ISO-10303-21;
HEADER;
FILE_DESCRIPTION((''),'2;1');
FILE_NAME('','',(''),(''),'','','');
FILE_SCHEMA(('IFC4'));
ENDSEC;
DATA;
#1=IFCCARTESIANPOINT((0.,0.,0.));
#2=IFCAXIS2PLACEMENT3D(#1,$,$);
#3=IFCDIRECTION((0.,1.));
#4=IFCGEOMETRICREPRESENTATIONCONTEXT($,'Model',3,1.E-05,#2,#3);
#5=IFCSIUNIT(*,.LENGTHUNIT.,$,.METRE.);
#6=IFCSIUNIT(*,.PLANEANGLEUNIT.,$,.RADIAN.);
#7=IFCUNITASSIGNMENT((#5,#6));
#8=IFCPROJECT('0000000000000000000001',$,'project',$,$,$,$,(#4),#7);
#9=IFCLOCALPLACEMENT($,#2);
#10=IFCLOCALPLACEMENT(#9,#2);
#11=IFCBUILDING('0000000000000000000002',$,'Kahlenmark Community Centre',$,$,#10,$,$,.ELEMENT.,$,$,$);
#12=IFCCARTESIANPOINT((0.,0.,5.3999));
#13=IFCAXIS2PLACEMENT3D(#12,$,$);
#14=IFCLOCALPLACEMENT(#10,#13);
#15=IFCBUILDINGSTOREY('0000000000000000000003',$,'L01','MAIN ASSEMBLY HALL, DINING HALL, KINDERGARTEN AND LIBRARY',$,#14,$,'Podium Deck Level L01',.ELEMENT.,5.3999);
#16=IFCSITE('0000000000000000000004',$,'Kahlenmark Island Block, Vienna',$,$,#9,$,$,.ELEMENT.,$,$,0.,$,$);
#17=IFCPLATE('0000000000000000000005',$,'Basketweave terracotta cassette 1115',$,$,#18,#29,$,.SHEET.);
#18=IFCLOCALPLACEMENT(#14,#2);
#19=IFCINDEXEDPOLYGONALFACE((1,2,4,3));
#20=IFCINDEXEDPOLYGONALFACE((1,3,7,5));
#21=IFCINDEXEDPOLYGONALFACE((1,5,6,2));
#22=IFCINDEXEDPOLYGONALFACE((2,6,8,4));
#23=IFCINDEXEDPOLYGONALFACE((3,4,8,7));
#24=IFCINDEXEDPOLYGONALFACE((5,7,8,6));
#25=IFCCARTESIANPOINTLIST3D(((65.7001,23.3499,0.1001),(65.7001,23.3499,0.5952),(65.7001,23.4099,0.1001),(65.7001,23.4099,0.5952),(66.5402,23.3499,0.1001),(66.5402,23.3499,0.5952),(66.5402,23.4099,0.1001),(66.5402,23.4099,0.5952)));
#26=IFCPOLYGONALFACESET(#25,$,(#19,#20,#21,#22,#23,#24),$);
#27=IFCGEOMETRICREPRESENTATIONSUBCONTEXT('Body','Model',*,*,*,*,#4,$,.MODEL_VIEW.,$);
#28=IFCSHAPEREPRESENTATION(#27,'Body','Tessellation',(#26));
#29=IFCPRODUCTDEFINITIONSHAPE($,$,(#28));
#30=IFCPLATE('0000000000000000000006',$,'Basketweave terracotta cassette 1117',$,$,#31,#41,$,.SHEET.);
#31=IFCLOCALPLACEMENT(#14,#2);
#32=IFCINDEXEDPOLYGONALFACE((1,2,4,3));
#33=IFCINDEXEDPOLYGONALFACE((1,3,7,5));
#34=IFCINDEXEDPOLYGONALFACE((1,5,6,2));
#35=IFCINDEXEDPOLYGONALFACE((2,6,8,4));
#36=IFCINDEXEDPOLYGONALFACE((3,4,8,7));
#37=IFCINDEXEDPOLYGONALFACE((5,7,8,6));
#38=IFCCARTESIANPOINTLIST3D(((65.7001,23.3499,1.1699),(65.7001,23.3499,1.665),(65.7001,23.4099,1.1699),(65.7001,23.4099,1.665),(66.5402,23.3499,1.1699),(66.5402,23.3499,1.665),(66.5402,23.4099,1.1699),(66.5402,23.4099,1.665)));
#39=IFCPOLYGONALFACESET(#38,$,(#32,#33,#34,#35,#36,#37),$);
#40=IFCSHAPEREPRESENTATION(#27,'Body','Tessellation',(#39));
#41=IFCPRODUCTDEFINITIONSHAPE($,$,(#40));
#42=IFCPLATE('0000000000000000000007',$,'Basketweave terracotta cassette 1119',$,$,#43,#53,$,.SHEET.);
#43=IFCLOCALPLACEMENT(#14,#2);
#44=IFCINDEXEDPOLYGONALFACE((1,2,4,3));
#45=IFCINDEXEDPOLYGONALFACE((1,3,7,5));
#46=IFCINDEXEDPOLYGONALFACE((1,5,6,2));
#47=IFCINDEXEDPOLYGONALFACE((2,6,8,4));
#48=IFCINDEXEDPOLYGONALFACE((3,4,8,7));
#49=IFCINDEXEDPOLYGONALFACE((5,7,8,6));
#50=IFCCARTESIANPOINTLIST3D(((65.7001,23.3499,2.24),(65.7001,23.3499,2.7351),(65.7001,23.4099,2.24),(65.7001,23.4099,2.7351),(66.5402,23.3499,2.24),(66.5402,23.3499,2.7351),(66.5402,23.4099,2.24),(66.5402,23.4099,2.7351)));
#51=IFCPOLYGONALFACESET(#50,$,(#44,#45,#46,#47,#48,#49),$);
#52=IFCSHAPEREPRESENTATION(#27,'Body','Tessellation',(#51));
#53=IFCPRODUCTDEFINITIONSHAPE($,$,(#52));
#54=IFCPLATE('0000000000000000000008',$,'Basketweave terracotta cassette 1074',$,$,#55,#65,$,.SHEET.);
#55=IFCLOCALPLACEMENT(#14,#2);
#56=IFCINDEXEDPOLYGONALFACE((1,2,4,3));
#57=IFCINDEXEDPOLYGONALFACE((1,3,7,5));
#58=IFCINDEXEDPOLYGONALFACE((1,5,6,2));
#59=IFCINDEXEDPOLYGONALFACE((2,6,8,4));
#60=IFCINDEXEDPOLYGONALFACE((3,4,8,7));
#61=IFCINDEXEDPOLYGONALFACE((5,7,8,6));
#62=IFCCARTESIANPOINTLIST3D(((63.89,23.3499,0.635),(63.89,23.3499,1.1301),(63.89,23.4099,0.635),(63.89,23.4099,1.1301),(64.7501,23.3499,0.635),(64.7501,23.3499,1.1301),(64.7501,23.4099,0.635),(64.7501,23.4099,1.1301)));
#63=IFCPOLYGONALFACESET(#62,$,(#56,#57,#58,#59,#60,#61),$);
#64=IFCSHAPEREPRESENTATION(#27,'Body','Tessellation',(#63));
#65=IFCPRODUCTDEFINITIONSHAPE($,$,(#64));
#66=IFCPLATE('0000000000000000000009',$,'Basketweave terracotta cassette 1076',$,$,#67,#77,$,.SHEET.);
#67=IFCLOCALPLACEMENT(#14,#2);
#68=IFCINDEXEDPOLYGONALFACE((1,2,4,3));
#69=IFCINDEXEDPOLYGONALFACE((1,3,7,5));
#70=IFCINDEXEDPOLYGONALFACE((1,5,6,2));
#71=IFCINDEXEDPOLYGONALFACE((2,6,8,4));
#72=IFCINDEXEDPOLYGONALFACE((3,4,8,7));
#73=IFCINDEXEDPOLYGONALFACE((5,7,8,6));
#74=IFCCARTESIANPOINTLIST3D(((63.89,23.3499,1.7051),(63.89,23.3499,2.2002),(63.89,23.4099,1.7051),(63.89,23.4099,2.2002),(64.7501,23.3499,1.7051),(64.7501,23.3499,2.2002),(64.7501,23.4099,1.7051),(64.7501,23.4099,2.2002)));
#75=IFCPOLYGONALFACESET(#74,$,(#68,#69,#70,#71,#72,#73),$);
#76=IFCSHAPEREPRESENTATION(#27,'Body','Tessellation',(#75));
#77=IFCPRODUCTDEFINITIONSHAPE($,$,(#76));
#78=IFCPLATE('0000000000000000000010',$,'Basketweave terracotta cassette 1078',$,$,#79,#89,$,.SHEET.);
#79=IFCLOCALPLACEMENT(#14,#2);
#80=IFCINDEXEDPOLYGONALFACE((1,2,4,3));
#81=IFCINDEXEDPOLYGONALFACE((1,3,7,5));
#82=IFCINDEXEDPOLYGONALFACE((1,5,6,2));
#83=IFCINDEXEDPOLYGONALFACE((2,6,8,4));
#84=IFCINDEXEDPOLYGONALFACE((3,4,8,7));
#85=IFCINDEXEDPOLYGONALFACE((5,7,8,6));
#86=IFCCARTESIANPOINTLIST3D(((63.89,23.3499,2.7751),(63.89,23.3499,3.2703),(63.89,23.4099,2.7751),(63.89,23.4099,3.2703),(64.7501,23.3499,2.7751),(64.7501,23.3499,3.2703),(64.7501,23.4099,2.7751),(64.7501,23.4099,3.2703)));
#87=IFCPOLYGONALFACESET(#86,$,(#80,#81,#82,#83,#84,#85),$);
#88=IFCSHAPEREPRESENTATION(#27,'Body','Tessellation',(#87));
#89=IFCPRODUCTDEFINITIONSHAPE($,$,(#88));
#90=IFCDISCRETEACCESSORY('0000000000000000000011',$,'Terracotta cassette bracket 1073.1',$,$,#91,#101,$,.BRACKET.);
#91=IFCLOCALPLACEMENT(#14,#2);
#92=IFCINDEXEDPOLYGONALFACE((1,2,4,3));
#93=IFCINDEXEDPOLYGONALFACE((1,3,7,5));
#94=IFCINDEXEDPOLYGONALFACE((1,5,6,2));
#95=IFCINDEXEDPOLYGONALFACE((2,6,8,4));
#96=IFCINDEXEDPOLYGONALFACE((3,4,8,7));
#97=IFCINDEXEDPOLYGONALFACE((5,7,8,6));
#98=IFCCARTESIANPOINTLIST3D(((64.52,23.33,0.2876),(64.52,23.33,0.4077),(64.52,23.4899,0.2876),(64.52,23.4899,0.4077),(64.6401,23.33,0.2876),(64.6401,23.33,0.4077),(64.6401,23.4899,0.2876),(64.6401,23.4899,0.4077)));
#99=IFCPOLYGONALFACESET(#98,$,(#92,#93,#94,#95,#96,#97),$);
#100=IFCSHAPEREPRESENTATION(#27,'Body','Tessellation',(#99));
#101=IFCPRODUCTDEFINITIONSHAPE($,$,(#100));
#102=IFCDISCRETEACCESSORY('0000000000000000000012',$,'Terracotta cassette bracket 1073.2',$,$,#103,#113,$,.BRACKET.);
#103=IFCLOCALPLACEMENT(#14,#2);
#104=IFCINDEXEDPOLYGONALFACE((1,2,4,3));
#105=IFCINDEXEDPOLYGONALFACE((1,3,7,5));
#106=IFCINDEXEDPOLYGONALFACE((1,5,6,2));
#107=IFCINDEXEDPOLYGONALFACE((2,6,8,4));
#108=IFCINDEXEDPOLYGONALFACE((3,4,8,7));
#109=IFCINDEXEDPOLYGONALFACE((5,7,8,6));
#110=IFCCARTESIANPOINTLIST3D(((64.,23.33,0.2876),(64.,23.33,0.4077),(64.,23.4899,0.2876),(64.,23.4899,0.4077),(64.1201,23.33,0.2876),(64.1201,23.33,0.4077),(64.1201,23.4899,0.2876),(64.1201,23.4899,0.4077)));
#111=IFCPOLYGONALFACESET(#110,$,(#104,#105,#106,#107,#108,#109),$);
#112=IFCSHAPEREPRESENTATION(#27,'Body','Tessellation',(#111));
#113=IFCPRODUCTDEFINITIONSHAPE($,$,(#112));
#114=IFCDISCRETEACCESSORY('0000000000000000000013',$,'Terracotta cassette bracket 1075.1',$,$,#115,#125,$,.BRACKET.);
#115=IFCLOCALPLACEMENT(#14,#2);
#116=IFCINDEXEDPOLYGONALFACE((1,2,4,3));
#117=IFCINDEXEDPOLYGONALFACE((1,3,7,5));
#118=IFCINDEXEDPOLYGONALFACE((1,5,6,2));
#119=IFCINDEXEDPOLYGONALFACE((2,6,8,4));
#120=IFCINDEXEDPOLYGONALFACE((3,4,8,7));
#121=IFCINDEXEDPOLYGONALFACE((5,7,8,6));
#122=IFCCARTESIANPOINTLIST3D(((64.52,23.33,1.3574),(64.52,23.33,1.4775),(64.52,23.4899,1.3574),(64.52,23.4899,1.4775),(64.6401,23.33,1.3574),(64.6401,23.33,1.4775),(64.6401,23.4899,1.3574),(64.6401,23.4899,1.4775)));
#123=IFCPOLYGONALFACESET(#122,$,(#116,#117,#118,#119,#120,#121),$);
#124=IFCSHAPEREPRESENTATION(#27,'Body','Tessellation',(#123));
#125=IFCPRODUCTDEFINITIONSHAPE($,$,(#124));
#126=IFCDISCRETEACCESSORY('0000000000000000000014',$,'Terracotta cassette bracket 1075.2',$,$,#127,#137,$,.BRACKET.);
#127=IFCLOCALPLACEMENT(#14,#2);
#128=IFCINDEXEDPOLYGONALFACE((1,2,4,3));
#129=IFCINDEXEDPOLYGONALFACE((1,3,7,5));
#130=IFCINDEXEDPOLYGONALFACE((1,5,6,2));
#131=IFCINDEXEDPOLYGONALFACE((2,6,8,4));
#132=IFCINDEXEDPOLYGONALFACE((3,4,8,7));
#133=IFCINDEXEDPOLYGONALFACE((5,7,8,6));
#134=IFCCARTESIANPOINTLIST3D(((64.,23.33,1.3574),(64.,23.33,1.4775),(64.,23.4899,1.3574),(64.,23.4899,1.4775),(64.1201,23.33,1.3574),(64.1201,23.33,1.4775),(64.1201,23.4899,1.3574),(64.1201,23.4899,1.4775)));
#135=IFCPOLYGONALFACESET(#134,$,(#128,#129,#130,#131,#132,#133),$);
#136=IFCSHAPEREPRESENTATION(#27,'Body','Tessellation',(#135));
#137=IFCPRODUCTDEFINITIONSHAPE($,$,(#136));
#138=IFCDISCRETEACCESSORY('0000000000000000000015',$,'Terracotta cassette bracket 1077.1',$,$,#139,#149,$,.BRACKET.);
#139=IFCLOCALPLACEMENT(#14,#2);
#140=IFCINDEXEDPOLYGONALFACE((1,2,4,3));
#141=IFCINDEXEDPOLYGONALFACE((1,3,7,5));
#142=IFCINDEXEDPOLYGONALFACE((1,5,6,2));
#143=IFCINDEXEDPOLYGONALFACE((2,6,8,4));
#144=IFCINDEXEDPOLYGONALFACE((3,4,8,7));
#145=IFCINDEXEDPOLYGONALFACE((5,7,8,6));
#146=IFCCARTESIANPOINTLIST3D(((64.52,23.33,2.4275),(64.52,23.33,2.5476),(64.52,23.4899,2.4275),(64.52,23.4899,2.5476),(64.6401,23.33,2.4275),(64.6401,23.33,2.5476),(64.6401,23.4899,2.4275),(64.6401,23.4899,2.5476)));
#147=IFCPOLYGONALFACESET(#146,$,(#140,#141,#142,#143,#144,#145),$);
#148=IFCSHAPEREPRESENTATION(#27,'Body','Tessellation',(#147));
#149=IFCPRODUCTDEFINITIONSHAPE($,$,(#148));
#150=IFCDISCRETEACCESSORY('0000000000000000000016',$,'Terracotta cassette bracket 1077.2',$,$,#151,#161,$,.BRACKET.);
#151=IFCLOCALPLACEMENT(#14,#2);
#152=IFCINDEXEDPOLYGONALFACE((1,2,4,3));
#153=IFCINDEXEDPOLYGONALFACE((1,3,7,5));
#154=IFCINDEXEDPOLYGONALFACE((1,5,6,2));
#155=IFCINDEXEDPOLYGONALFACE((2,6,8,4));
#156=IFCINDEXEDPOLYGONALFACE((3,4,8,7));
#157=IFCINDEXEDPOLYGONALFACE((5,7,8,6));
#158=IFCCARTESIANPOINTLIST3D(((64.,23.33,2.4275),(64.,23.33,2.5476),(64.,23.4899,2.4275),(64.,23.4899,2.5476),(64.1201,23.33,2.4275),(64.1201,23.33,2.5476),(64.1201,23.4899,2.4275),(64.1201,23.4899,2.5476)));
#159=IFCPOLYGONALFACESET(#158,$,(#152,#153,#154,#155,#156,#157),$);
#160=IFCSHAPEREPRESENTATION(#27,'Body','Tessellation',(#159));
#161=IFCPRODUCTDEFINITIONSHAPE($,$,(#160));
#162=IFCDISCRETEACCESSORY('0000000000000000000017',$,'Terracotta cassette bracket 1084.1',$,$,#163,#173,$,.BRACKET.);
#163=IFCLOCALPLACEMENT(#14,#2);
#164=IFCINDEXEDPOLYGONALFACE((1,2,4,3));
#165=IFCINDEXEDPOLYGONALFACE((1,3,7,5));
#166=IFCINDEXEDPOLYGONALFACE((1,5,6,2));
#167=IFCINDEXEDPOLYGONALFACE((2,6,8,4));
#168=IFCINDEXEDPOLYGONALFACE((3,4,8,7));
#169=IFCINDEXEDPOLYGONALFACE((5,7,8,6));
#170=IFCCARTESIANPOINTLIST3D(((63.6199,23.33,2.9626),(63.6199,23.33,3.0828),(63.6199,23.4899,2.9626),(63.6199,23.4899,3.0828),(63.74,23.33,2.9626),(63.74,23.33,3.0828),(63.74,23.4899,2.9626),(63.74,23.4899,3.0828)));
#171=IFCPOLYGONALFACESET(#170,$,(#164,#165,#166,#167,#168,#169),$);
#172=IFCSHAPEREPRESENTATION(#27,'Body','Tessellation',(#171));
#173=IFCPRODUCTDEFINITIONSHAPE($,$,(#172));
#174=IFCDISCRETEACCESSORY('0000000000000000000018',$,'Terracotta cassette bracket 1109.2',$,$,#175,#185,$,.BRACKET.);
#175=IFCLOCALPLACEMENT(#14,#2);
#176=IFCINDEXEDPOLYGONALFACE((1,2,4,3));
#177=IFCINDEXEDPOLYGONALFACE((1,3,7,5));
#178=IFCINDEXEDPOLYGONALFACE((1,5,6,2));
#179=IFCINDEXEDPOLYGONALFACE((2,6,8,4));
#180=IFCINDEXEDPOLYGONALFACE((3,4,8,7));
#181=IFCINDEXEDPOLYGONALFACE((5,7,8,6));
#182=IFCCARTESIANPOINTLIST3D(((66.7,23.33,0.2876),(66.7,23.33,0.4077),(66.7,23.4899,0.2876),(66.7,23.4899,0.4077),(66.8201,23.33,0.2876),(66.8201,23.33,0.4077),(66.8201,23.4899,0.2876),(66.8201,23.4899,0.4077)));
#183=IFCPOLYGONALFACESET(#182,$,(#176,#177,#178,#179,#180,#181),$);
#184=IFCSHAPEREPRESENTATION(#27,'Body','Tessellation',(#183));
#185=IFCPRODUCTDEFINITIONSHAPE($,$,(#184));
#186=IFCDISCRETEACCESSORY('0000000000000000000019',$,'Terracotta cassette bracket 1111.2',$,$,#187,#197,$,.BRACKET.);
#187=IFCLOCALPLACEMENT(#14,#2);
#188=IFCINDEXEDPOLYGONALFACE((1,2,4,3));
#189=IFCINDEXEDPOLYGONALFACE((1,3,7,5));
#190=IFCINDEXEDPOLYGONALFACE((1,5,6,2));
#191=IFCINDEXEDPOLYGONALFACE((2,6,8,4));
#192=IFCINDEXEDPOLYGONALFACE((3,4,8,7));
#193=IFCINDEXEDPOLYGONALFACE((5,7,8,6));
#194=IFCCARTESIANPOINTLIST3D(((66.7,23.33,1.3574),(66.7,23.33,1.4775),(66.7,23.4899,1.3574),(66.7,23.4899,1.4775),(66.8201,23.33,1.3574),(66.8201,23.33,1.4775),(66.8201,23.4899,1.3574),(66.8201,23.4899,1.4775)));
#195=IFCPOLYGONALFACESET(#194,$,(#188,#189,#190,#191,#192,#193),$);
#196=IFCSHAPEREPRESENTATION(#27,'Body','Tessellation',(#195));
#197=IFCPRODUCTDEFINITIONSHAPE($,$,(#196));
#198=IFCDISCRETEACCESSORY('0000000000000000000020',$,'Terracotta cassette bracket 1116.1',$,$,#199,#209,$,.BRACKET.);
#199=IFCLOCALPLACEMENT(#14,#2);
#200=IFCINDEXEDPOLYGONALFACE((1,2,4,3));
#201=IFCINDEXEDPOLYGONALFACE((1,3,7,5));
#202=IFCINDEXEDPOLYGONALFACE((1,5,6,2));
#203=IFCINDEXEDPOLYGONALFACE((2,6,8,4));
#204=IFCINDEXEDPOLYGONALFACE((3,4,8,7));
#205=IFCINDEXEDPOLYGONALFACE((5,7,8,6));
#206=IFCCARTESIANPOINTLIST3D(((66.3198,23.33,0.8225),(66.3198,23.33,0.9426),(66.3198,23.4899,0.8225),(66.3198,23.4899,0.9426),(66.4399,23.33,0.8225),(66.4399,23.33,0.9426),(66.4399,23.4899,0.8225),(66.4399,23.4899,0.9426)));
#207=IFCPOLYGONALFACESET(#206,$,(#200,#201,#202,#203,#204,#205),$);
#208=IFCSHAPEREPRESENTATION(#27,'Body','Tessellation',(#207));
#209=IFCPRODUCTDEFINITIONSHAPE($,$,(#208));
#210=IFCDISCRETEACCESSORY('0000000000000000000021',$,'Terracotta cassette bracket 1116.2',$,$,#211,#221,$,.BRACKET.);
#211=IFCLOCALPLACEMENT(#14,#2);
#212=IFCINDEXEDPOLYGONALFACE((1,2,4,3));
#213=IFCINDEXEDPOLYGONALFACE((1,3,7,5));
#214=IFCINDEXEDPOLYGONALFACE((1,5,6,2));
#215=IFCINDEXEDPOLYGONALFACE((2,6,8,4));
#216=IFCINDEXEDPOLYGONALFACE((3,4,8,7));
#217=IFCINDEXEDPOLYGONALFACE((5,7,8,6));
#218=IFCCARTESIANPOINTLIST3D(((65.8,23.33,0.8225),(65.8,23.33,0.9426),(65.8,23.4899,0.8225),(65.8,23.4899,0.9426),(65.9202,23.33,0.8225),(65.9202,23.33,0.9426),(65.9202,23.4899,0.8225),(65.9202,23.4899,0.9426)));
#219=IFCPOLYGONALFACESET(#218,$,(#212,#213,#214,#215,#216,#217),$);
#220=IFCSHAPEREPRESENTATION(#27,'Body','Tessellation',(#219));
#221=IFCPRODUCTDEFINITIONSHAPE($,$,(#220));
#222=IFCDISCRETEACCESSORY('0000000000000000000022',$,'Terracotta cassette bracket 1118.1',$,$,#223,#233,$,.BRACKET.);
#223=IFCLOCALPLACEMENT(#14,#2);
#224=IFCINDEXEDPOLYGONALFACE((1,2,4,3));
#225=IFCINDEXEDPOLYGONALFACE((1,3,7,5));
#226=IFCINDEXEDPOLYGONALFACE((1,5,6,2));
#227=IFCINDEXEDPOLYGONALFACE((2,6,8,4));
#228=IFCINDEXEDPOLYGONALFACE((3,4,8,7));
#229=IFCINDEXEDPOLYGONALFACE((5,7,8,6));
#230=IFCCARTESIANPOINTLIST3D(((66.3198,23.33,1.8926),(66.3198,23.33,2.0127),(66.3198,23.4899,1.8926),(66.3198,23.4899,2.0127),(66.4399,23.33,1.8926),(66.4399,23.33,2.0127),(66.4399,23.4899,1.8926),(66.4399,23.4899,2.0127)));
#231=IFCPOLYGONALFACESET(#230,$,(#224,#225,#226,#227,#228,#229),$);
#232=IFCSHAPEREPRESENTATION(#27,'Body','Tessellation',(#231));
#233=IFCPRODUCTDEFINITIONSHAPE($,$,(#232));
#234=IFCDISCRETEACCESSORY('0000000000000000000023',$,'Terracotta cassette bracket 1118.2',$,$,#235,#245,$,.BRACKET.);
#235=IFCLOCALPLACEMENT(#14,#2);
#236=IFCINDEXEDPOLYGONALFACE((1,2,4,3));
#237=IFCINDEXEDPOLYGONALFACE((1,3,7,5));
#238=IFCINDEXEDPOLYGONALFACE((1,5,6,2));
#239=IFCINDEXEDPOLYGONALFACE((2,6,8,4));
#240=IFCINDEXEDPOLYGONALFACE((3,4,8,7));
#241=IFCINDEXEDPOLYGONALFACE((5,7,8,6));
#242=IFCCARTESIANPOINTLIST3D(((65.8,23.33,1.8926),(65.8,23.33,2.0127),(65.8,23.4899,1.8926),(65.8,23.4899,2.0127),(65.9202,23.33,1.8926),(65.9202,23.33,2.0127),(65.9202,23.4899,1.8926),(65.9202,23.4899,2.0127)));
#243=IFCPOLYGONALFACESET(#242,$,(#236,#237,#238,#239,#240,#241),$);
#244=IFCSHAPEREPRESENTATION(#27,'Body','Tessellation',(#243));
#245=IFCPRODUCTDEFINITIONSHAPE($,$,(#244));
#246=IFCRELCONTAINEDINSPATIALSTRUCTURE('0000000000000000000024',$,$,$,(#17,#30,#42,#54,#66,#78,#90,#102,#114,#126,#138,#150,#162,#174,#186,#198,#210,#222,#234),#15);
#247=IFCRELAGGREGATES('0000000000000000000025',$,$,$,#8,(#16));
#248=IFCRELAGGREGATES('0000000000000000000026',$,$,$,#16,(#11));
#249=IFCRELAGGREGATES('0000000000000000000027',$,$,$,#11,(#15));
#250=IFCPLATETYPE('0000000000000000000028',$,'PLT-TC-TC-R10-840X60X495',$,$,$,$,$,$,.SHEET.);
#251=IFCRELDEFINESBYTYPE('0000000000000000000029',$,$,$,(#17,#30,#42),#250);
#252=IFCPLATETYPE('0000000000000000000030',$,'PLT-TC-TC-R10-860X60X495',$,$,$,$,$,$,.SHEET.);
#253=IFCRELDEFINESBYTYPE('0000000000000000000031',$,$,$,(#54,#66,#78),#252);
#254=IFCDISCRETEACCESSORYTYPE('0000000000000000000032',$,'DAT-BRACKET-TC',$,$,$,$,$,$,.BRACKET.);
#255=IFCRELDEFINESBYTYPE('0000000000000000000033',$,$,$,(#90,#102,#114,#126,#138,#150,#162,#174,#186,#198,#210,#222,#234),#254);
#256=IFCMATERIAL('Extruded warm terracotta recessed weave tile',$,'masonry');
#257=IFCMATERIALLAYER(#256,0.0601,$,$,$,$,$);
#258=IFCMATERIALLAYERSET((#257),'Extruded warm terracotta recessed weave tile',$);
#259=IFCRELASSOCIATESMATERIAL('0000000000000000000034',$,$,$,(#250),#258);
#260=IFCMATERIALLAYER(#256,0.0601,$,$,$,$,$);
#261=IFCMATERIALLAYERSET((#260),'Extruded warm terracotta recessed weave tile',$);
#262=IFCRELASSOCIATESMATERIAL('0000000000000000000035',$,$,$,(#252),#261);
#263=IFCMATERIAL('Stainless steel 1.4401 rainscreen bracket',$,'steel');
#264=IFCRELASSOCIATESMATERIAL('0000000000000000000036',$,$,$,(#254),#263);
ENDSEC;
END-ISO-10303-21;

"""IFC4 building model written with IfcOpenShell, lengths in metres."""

from ifc_helpers import new_model, si_unit, direction, frame, origin, origin_2d, place, context, subcontext, project, spatial, rectangle, extrude, material, layer, layer_set, type_object, element, save


model = new_model("IFC4")

# Units and contexts
model_context = context("Model", 3, precision=1e-05, world=origin(), true_north=direction((0.0, 1.0)))
body_context = subcontext(model_context, "Body", "Model", "MODEL_VIEW")
ifc_project = project(units=[si_unit("LENGTHUNIT", "METRE"), si_unit("PLANEANGLEUNIT", "RADIAN")], contexts=[model_context])

# Site, building, storey
site_placement = place(None, origin())
site = spatial("IfcSite", under=ifc_project, at=site_placement, Name="Kahlenmark Island Block, Vienna", CompositionType="ELEMENT", RefElevation=0.0)
building_placement = place(site_placement, origin())
building = spatial("IfcBuilding", under=site, at=building_placement, Name="Kahlenmark Community Centre", CompositionType="ELEMENT")
storey_placement = place(building_placement, frame((0.0, 0.0, 5.3999)))
storey = spatial("IfcBuildingStorey", under=building, at=storey_placement, Name="L01", Description="MAIN ASSEMBLY HALL, DINING HALL, KINDERGARTEN AND LIBRARY", LongName="Podium Deck Level L01", CompositionType="ELEMENT", Elevation=5.3999)

# Plates
ifc_material_1 = material(Name="Extruded warm terracotta recessed weave tile", Category="masonry")
ifc_layer_1 = layer(ifc_material_1, 0.0601)
ifc_layer_set_1 = layer_set([ifc_layer_1], Name="Extruded warm terracotta recessed weave tile")
plate_type_1 = type_object("IfcPlateType", Name="PLT-TC-TC-R10-840X60X495", PredefinedType="SHEET", material=ifc_layer_set_1)
for number, where, z_axis, x_axis, name in (
    (1, (66.1201, 23.3799, 0.1001), (0.0, 0.0, 1.0), (-1.0, 0.0, 0.0), "Basketweave terracotta cassette 1115"),
    (2, (66.1201, 23.3799, 1.1699), (0.0, 0.0, 1.0), (-1.0, 0.0, 0.0), "Basketweave terracotta cassette 1117"),
    (3, (66.1201, 23.3799, 2.24), (0.0, 0.0, 1.0), (-1.0, 0.0, 0.0), "Basketweave terracotta cassette 1119"),
):
    element("IfcPlate", number, at=place(storey_placement, frame(where, z_axis=z_axis, x_axis=x_axis)), inside=storey, type_object=plate_type_1, Name=name, PredefinedType="SHEET", context=body_context, shape_type="SweptSolid", body=[
        extrude(rectangle(XDim=0.8401, YDim=0.0601, at=origin_2d()), origin(), (0.0, 0.0, 1.0), 0.4951),
    ])
ifc_layer_2 = layer(ifc_material_1, 0.0601)
ifc_layer_set_2 = layer_set([ifc_layer_2], Name="Extruded warm terracotta recessed weave tile")
plate_type_2 = type_object("IfcPlateType", Name="PLT-TC-TC-R10-860X60X495", PredefinedType="SHEET", material=ifc_layer_set_2)
for number, where, z_axis, x_axis, name in (
    (4, (64.3201, 23.3799, 0.635), (0.0, 0.0, 1.0), (-1.0, 0.0, 0.0), "Basketweave terracotta cassette 1074"),
    (5, (64.3201, 23.3799, 1.7051), (0.0, 0.0, 1.0), (-1.0, 0.0, 0.0), "Basketweave terracotta cassette 1076"),
    (6, (64.3201, 23.3799, 2.7751), (0.0, 0.0, 1.0), (-1.0, 0.0, 0.0), "Basketweave terracotta cassette 1078"),
):
    element("IfcPlate", number, at=place(storey_placement, frame(where, z_axis=z_axis, x_axis=x_axis)), inside=storey, type_object=plate_type_2, Name=name, PredefinedType="SHEET", context=body_context, shape_type="SweptSolid", body=[
        extrude(rectangle(XDim=0.8601, YDim=0.0601, at=origin_2d()), origin(), (0.0, 0.0, 1.0), 0.4951),
    ])

# Discrete accessories
ifc_material_2 = material(Name="Stainless steel 1.4401 rainscreen bracket", Category="steel")
discrete_accessory_type = type_object("IfcDiscreteAccessoryType", Name="DAT-BRACKET-TC", PredefinedType="BRACKET", material=ifc_material_2)
for number, where, z_axis, x_axis, name in (
    (7, (64.5801, 23.4099, 0.2876), (0.0, 0.0, 1.0), (-1.0, 0.0, 0.0), "Terracotta cassette bracket 1073.1"),
    (8, (64.0601, 23.4099, 0.2876), (0.0, 0.0, 1.0), (-1.0, 0.0, 0.0), "Terracotta cassette bracket 1073.2"),
    (9, (64.5801, 23.4099, 1.3574), (0.0, 0.0, 1.0), (-1.0, 0.0, 0.0), "Terracotta cassette bracket 1075.1"),
    (10, (64.0601, 23.4099, 1.3574), (0.0, 0.0, 1.0), (-1.0, 0.0, 0.0), "Terracotta cassette bracket 1075.2"),
    (11, (64.5801, 23.4099, 2.4275), (0.0, 0.0, 1.0), (-1.0, 0.0, 0.0), "Terracotta cassette bracket 1077.1"),
    (12, (64.0601, 23.4099, 2.4275), (0.0, 0.0, 1.0), (-1.0, 0.0, 0.0), "Terracotta cassette bracket 1077.2"),
    (13, (63.6799, 23.4099, 2.9626), (0.0, 0.0, 1.0), (-1.0, 0.0, 0.0), "Terracotta cassette bracket 1084.1"),
    (14, (66.76, 23.4099, 0.2876), (0.0, 0.0, 1.0), (-1.0, 0.0, 0.0), "Terracotta cassette bracket 1109.2"),
    (15, (66.76, 23.4099, 1.3574), (0.0, 0.0, 1.0), (-1.0, 0.0, 0.0), "Terracotta cassette bracket 1111.2"),
    (16, (66.3799, 23.4099, 0.8225), (0.0, 0.0, 1.0), (-1.0, 0.0, 0.0), "Terracotta cassette bracket 1116.1"),
    (17, (65.8601, 23.4099, 0.8225), (0.0, 0.0, 1.0), (-1.0, 0.0, 0.0), "Terracotta cassette bracket 1116.2"),
    (18, (66.3799, 23.4099, 1.8926), (0.0, 0.0, 1.0), (-1.0, 0.0, 0.0), "Terracotta cassette bracket 1118.1"),
    (19, (65.8601, 23.4099, 1.8926), (0.0, 0.0, 1.0), (-1.0, 0.0, 0.0), "Terracotta cassette bracket 1118.2"),
):
    element("IfcDiscreteAccessory", number, at=place(storey_placement, frame(where, z_axis=z_axis, x_axis=x_axis)), inside=storey, type_object=discrete_accessory_type, Name=name, PredefinedType="BRACKET", context=body_context, shape_type="SweptSolid", body=[
        extrude(rectangle(XDim=0.1201, YDim=0.1599, at=origin_2d()), origin(), (0.0, 0.0, 1.0), 0.1201),
    ])

save(model, "model.ifc")
